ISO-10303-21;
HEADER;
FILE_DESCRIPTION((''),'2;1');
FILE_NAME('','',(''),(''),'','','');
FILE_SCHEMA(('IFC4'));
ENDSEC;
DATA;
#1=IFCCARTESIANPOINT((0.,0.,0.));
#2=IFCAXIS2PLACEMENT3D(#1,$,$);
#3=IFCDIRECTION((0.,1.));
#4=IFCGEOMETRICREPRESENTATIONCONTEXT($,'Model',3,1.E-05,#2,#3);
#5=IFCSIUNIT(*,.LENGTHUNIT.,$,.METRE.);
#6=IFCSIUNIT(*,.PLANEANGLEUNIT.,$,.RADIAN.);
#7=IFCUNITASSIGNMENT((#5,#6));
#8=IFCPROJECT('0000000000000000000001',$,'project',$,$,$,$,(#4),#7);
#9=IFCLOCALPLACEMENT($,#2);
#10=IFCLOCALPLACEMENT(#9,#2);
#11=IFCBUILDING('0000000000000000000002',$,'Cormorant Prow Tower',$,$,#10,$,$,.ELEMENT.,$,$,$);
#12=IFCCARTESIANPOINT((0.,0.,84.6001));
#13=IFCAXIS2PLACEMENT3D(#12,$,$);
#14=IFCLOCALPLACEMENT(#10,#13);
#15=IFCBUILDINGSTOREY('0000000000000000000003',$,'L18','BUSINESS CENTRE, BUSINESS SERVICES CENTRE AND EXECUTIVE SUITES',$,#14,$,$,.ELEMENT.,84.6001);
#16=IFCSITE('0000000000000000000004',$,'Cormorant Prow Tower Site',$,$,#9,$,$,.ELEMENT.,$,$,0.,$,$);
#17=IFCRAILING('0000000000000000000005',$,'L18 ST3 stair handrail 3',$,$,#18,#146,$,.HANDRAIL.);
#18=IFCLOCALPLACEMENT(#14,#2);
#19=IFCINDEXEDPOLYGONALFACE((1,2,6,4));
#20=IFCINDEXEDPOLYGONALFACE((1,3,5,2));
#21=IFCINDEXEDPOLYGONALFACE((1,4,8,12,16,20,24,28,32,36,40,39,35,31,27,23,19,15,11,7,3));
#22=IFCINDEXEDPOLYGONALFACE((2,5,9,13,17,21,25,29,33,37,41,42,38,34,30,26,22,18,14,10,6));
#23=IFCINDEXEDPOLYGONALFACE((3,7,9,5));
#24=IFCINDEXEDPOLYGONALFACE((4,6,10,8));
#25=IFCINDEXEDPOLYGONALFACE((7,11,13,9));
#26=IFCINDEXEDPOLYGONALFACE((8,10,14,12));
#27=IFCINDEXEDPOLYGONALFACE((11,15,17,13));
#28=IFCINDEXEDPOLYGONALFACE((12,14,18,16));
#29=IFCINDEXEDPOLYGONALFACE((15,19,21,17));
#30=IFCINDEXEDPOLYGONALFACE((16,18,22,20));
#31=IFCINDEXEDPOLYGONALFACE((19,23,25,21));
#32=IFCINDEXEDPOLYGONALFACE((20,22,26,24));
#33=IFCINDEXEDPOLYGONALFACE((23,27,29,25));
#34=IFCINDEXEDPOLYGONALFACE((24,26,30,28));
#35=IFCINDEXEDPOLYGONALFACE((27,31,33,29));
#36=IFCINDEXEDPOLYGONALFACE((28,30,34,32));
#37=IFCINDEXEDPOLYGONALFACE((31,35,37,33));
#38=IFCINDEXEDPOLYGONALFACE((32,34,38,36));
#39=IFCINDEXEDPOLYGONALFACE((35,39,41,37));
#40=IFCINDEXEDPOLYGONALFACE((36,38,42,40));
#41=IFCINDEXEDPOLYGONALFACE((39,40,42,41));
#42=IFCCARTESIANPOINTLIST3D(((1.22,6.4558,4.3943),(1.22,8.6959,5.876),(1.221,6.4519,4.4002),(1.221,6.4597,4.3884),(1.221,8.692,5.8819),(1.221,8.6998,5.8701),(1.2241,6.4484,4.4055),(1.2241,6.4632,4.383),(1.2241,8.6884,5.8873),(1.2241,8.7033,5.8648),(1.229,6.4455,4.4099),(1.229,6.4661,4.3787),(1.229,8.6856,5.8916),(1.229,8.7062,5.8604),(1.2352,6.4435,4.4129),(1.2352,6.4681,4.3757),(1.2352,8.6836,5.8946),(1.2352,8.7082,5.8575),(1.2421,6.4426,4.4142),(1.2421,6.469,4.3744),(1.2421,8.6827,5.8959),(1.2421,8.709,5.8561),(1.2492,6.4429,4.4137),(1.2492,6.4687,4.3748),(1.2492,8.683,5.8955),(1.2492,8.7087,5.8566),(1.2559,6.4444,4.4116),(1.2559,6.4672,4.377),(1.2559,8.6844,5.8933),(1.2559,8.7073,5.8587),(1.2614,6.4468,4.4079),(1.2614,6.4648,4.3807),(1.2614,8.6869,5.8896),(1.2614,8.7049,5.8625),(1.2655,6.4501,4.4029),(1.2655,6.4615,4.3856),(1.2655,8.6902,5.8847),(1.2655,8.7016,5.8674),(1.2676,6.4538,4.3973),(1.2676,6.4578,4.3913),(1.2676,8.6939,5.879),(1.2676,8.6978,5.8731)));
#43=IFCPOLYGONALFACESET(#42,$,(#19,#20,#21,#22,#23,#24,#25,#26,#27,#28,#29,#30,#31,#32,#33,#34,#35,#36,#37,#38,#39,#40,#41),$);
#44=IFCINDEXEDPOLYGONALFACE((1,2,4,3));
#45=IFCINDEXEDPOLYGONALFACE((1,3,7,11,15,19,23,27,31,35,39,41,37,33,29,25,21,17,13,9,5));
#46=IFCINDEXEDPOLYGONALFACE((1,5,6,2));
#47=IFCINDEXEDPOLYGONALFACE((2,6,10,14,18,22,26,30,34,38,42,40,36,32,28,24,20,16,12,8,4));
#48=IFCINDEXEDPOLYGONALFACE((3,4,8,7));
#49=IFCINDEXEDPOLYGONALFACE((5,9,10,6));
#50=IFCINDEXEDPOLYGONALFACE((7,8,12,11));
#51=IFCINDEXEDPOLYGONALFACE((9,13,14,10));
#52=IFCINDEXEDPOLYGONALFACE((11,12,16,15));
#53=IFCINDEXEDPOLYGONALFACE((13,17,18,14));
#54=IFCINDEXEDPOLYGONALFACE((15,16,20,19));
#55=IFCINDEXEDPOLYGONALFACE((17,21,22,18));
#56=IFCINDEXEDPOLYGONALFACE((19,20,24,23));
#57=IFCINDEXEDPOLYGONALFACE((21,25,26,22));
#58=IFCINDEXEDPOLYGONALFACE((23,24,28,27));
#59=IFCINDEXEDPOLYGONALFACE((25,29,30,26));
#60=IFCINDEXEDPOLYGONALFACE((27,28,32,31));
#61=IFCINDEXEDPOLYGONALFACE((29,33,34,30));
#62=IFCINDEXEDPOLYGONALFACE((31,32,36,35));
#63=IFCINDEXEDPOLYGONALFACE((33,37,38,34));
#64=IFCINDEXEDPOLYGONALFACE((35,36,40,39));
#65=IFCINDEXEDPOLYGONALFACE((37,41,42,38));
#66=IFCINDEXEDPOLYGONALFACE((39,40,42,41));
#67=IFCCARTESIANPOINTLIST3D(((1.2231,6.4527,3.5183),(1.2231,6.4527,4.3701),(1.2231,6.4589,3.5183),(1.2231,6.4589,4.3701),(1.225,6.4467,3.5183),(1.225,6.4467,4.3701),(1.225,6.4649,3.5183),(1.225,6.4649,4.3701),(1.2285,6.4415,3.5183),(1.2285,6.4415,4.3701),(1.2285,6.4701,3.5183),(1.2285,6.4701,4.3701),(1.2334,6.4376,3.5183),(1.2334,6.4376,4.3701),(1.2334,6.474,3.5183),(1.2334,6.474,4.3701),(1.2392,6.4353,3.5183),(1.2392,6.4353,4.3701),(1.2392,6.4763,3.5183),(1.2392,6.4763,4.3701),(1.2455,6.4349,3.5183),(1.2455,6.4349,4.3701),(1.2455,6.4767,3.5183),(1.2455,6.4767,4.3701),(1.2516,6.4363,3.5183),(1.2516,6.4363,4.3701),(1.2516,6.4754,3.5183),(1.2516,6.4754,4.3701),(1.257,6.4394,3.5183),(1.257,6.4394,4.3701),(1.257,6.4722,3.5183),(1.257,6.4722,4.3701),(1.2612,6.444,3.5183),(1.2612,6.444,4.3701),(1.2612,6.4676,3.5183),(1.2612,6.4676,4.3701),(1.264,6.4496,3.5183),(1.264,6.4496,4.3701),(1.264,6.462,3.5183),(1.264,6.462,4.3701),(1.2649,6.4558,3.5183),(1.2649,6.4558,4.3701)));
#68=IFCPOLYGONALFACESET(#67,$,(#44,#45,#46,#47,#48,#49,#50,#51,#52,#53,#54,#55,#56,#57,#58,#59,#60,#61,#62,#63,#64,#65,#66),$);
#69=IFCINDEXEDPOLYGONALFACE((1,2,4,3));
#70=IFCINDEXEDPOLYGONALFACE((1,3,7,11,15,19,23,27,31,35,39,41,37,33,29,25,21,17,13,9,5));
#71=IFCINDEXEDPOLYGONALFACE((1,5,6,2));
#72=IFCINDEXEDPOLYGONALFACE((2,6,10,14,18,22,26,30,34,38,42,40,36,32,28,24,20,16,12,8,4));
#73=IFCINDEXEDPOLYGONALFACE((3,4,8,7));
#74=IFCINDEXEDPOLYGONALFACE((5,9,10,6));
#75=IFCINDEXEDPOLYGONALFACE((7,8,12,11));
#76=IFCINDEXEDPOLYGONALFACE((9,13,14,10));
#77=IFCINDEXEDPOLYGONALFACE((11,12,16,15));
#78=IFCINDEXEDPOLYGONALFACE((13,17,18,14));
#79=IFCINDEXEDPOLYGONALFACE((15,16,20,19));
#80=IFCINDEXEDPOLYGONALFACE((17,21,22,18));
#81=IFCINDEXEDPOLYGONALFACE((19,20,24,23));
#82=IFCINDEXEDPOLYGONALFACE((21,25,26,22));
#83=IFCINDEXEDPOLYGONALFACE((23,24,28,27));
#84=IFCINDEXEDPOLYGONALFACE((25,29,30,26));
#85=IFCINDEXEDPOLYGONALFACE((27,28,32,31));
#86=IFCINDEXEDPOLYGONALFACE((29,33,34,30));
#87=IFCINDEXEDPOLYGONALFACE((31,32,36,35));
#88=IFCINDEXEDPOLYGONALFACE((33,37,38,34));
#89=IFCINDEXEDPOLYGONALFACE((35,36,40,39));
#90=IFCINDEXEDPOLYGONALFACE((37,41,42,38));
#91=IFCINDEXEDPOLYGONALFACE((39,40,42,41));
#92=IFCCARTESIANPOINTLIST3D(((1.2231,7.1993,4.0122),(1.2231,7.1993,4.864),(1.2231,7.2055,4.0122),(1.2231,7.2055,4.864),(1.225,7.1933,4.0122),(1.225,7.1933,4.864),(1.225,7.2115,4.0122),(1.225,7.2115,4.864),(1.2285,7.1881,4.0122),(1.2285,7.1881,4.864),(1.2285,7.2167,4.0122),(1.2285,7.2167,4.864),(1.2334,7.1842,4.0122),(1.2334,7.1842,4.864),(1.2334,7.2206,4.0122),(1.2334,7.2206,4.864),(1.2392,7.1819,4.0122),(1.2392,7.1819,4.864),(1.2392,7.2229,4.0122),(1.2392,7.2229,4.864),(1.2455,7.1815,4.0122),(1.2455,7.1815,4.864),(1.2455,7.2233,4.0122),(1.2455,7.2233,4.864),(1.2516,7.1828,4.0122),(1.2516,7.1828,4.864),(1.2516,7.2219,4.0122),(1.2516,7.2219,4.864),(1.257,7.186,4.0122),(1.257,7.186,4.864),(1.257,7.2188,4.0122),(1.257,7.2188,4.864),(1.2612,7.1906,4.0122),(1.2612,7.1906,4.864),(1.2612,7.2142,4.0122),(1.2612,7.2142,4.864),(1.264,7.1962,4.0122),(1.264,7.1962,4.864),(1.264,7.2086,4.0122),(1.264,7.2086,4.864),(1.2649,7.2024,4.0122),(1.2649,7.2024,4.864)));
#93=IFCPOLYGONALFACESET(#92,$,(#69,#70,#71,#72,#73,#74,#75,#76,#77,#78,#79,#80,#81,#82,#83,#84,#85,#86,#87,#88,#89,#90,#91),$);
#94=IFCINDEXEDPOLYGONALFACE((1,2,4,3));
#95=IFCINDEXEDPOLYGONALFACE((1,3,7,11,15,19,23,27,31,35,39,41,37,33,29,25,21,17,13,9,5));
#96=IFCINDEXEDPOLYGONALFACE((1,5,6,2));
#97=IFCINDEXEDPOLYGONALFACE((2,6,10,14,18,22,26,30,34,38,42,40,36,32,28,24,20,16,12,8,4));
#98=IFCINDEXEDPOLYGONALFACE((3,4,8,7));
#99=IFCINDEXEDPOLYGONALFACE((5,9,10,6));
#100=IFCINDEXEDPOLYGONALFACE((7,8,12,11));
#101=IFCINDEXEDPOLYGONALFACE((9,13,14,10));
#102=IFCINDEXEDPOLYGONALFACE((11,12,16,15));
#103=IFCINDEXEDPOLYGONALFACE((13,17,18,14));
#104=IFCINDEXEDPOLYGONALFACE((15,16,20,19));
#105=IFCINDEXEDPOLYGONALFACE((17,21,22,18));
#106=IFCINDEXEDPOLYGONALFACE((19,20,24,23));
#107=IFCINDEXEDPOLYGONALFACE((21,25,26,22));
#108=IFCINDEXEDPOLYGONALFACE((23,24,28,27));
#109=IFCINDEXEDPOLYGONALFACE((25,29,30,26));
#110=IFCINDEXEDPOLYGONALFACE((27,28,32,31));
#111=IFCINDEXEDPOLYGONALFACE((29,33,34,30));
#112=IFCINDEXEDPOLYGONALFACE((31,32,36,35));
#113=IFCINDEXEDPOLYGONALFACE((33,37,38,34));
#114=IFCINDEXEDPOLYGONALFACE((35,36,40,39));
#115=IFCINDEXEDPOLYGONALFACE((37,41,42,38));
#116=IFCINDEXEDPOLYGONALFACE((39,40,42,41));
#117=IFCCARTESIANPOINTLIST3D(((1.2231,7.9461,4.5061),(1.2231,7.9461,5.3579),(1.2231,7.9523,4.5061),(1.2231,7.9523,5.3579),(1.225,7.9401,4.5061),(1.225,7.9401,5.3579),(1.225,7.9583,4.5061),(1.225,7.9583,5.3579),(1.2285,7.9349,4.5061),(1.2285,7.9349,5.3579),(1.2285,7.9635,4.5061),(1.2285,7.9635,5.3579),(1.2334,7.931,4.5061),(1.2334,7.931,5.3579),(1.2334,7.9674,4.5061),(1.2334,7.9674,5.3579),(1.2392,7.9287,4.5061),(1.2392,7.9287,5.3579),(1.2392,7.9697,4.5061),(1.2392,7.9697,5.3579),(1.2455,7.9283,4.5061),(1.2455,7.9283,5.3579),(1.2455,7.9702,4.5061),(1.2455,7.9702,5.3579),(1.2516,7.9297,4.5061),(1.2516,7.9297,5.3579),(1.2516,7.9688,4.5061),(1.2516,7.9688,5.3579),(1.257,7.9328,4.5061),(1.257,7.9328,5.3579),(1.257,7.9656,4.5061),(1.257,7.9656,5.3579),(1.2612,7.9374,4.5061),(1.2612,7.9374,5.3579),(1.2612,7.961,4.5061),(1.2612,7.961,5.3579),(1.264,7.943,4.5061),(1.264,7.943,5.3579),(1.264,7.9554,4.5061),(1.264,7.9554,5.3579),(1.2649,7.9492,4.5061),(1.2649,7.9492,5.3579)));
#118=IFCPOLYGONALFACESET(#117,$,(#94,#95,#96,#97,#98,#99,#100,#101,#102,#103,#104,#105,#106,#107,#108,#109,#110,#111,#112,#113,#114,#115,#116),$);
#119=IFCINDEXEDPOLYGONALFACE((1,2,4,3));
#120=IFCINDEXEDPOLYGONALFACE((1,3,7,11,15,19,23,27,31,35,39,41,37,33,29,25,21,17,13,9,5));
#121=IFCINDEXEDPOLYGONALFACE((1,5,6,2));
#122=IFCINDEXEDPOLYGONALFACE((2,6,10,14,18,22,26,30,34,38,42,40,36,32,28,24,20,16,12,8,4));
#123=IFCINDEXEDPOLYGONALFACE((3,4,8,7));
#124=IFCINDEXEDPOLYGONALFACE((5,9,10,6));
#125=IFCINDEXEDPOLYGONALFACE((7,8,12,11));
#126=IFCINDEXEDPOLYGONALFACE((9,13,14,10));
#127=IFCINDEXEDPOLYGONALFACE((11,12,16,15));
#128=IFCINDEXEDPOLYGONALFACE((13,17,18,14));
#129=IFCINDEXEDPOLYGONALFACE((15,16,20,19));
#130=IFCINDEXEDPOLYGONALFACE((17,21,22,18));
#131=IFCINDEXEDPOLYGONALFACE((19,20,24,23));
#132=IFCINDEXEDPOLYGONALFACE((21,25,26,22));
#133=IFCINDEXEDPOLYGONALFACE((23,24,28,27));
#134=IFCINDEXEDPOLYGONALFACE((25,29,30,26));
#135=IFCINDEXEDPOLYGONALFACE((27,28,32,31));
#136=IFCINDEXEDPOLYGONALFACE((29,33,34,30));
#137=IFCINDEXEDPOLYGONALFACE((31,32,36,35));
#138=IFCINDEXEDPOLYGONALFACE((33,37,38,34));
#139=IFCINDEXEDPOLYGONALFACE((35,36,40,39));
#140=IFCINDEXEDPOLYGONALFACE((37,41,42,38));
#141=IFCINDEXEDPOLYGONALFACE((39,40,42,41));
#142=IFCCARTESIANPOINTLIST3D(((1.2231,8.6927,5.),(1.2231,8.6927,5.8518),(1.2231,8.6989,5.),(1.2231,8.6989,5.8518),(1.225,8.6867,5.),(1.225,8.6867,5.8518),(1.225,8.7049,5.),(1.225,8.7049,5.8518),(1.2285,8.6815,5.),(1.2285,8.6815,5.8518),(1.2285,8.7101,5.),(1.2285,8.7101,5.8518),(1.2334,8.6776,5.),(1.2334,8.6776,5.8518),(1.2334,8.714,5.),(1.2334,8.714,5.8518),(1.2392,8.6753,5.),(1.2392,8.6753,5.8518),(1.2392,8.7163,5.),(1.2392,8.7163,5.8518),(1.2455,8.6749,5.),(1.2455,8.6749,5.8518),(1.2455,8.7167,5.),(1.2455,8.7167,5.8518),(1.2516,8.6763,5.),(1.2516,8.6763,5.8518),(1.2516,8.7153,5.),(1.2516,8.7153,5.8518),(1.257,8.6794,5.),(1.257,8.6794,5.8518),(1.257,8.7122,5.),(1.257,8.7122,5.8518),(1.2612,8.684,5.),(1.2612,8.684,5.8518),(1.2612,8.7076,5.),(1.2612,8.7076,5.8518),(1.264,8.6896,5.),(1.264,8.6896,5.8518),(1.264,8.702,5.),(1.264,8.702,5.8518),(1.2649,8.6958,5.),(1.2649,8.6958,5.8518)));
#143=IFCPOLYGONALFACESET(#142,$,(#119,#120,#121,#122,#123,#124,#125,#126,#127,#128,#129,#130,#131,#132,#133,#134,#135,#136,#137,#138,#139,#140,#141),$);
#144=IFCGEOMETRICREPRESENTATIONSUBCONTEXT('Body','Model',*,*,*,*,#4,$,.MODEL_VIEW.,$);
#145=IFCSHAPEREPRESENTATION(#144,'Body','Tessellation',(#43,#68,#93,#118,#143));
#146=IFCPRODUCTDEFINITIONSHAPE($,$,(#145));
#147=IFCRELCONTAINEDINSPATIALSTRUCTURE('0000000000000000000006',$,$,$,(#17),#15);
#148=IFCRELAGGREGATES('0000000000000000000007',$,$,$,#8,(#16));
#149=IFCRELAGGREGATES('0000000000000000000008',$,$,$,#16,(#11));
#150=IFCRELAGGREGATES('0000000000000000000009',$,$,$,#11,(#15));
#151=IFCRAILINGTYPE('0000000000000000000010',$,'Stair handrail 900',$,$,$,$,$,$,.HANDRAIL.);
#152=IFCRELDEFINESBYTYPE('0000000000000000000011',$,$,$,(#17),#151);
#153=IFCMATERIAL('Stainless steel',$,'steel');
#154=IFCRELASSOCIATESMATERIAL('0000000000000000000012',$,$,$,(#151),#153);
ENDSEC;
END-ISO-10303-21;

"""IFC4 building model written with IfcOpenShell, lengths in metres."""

from ifc_helpers import new_model, si_unit, direction, frame, origin, origin_2d, place, context, subcontext, project, spatial, circle, extrude, material, type_object, element, save


model = new_model("IFC4")

# Units and contexts
model_context = context("Model", 3, precision=1e-05, world=origin(), true_north=direction((0.0, 1.0)))
body_context = subcontext(model_context, "Body", "Model", "MODEL_VIEW")
ifc_project = project(units=[si_unit("LENGTHUNIT", "METRE"), si_unit("PLANEANGLEUNIT", "RADIAN")], contexts=[model_context])

# Site, building, storey
site_placement = place(None, origin())
site = spatial("IfcSite", under=ifc_project, at=site_placement, Name="Cormorant Prow Tower Site", CompositionType="ELEMENT", RefElevation=0.0)
building_placement = place(site_placement, origin())
building = spatial("IfcBuilding", under=site, at=building_placement, Name="Cormorant Prow Tower", CompositionType="ELEMENT")
storey_placement = place(building_placement, frame((0.0, 0.0, 84.6001)))
storey = spatial("IfcBuildingStorey", under=building, at=storey_placement, Name="L18", Description="BUSINESS CENTRE, BUSINESS SERVICES CENTRE AND EXECUTIVE SUITES", CompositionType="ELEMENT", Elevation=84.6001)

# Railing
ifc_material_1 = material(Name="Stainless steel", Category="steel")
railing_type = type_object("IfcRailingType", Name="Stair handrail 900", PredefinedType="HANDRAIL", material=ifc_material_1)
railing_1_placement = place(storey_placement, frame((1.2439, 6.4558, 3.5183)))
element("IfcRailing", 1, at=railing_1_placement, inside=storey, type_object=railing_type, Name="L18 ST3 stair handrail 3", PredefinedType="HANDRAIL", context=body_context, shape_type="SweptSolid", body=[
    extrude(circle(Radius=0.0239, at=origin_2d()), frame((0.0, 0.0, 0.876), z_axis=(0.0, 0.834045, 0.551697), x_axis=(-1.0, 0.0, 0.0)), (0.0, 0.0, 1.0), 2.6858),
    extrude(circle(Radius=0.021, at=origin_2d()), origin(), (0.0, 0.0, 1.0), 0.8518),
    extrude(circle(Radius=0.021, at=origin_2d()), frame((0.0, 0.7466, 0.4939)), (0.0, 0.0, 1.0), 0.8518),
    extrude(circle(Radius=0.021, at=origin_2d()), frame((0.0, 1.4934, 0.9878)), (0.0, 0.0, 1.0), 0.8518),
    extrude(circle(Radius=0.021, at=origin_2d()), frame((0.0, 2.24, 1.4817)), (0.0, 0.0, 1.0), 0.8518),
])

save(model, "model.ifc")
